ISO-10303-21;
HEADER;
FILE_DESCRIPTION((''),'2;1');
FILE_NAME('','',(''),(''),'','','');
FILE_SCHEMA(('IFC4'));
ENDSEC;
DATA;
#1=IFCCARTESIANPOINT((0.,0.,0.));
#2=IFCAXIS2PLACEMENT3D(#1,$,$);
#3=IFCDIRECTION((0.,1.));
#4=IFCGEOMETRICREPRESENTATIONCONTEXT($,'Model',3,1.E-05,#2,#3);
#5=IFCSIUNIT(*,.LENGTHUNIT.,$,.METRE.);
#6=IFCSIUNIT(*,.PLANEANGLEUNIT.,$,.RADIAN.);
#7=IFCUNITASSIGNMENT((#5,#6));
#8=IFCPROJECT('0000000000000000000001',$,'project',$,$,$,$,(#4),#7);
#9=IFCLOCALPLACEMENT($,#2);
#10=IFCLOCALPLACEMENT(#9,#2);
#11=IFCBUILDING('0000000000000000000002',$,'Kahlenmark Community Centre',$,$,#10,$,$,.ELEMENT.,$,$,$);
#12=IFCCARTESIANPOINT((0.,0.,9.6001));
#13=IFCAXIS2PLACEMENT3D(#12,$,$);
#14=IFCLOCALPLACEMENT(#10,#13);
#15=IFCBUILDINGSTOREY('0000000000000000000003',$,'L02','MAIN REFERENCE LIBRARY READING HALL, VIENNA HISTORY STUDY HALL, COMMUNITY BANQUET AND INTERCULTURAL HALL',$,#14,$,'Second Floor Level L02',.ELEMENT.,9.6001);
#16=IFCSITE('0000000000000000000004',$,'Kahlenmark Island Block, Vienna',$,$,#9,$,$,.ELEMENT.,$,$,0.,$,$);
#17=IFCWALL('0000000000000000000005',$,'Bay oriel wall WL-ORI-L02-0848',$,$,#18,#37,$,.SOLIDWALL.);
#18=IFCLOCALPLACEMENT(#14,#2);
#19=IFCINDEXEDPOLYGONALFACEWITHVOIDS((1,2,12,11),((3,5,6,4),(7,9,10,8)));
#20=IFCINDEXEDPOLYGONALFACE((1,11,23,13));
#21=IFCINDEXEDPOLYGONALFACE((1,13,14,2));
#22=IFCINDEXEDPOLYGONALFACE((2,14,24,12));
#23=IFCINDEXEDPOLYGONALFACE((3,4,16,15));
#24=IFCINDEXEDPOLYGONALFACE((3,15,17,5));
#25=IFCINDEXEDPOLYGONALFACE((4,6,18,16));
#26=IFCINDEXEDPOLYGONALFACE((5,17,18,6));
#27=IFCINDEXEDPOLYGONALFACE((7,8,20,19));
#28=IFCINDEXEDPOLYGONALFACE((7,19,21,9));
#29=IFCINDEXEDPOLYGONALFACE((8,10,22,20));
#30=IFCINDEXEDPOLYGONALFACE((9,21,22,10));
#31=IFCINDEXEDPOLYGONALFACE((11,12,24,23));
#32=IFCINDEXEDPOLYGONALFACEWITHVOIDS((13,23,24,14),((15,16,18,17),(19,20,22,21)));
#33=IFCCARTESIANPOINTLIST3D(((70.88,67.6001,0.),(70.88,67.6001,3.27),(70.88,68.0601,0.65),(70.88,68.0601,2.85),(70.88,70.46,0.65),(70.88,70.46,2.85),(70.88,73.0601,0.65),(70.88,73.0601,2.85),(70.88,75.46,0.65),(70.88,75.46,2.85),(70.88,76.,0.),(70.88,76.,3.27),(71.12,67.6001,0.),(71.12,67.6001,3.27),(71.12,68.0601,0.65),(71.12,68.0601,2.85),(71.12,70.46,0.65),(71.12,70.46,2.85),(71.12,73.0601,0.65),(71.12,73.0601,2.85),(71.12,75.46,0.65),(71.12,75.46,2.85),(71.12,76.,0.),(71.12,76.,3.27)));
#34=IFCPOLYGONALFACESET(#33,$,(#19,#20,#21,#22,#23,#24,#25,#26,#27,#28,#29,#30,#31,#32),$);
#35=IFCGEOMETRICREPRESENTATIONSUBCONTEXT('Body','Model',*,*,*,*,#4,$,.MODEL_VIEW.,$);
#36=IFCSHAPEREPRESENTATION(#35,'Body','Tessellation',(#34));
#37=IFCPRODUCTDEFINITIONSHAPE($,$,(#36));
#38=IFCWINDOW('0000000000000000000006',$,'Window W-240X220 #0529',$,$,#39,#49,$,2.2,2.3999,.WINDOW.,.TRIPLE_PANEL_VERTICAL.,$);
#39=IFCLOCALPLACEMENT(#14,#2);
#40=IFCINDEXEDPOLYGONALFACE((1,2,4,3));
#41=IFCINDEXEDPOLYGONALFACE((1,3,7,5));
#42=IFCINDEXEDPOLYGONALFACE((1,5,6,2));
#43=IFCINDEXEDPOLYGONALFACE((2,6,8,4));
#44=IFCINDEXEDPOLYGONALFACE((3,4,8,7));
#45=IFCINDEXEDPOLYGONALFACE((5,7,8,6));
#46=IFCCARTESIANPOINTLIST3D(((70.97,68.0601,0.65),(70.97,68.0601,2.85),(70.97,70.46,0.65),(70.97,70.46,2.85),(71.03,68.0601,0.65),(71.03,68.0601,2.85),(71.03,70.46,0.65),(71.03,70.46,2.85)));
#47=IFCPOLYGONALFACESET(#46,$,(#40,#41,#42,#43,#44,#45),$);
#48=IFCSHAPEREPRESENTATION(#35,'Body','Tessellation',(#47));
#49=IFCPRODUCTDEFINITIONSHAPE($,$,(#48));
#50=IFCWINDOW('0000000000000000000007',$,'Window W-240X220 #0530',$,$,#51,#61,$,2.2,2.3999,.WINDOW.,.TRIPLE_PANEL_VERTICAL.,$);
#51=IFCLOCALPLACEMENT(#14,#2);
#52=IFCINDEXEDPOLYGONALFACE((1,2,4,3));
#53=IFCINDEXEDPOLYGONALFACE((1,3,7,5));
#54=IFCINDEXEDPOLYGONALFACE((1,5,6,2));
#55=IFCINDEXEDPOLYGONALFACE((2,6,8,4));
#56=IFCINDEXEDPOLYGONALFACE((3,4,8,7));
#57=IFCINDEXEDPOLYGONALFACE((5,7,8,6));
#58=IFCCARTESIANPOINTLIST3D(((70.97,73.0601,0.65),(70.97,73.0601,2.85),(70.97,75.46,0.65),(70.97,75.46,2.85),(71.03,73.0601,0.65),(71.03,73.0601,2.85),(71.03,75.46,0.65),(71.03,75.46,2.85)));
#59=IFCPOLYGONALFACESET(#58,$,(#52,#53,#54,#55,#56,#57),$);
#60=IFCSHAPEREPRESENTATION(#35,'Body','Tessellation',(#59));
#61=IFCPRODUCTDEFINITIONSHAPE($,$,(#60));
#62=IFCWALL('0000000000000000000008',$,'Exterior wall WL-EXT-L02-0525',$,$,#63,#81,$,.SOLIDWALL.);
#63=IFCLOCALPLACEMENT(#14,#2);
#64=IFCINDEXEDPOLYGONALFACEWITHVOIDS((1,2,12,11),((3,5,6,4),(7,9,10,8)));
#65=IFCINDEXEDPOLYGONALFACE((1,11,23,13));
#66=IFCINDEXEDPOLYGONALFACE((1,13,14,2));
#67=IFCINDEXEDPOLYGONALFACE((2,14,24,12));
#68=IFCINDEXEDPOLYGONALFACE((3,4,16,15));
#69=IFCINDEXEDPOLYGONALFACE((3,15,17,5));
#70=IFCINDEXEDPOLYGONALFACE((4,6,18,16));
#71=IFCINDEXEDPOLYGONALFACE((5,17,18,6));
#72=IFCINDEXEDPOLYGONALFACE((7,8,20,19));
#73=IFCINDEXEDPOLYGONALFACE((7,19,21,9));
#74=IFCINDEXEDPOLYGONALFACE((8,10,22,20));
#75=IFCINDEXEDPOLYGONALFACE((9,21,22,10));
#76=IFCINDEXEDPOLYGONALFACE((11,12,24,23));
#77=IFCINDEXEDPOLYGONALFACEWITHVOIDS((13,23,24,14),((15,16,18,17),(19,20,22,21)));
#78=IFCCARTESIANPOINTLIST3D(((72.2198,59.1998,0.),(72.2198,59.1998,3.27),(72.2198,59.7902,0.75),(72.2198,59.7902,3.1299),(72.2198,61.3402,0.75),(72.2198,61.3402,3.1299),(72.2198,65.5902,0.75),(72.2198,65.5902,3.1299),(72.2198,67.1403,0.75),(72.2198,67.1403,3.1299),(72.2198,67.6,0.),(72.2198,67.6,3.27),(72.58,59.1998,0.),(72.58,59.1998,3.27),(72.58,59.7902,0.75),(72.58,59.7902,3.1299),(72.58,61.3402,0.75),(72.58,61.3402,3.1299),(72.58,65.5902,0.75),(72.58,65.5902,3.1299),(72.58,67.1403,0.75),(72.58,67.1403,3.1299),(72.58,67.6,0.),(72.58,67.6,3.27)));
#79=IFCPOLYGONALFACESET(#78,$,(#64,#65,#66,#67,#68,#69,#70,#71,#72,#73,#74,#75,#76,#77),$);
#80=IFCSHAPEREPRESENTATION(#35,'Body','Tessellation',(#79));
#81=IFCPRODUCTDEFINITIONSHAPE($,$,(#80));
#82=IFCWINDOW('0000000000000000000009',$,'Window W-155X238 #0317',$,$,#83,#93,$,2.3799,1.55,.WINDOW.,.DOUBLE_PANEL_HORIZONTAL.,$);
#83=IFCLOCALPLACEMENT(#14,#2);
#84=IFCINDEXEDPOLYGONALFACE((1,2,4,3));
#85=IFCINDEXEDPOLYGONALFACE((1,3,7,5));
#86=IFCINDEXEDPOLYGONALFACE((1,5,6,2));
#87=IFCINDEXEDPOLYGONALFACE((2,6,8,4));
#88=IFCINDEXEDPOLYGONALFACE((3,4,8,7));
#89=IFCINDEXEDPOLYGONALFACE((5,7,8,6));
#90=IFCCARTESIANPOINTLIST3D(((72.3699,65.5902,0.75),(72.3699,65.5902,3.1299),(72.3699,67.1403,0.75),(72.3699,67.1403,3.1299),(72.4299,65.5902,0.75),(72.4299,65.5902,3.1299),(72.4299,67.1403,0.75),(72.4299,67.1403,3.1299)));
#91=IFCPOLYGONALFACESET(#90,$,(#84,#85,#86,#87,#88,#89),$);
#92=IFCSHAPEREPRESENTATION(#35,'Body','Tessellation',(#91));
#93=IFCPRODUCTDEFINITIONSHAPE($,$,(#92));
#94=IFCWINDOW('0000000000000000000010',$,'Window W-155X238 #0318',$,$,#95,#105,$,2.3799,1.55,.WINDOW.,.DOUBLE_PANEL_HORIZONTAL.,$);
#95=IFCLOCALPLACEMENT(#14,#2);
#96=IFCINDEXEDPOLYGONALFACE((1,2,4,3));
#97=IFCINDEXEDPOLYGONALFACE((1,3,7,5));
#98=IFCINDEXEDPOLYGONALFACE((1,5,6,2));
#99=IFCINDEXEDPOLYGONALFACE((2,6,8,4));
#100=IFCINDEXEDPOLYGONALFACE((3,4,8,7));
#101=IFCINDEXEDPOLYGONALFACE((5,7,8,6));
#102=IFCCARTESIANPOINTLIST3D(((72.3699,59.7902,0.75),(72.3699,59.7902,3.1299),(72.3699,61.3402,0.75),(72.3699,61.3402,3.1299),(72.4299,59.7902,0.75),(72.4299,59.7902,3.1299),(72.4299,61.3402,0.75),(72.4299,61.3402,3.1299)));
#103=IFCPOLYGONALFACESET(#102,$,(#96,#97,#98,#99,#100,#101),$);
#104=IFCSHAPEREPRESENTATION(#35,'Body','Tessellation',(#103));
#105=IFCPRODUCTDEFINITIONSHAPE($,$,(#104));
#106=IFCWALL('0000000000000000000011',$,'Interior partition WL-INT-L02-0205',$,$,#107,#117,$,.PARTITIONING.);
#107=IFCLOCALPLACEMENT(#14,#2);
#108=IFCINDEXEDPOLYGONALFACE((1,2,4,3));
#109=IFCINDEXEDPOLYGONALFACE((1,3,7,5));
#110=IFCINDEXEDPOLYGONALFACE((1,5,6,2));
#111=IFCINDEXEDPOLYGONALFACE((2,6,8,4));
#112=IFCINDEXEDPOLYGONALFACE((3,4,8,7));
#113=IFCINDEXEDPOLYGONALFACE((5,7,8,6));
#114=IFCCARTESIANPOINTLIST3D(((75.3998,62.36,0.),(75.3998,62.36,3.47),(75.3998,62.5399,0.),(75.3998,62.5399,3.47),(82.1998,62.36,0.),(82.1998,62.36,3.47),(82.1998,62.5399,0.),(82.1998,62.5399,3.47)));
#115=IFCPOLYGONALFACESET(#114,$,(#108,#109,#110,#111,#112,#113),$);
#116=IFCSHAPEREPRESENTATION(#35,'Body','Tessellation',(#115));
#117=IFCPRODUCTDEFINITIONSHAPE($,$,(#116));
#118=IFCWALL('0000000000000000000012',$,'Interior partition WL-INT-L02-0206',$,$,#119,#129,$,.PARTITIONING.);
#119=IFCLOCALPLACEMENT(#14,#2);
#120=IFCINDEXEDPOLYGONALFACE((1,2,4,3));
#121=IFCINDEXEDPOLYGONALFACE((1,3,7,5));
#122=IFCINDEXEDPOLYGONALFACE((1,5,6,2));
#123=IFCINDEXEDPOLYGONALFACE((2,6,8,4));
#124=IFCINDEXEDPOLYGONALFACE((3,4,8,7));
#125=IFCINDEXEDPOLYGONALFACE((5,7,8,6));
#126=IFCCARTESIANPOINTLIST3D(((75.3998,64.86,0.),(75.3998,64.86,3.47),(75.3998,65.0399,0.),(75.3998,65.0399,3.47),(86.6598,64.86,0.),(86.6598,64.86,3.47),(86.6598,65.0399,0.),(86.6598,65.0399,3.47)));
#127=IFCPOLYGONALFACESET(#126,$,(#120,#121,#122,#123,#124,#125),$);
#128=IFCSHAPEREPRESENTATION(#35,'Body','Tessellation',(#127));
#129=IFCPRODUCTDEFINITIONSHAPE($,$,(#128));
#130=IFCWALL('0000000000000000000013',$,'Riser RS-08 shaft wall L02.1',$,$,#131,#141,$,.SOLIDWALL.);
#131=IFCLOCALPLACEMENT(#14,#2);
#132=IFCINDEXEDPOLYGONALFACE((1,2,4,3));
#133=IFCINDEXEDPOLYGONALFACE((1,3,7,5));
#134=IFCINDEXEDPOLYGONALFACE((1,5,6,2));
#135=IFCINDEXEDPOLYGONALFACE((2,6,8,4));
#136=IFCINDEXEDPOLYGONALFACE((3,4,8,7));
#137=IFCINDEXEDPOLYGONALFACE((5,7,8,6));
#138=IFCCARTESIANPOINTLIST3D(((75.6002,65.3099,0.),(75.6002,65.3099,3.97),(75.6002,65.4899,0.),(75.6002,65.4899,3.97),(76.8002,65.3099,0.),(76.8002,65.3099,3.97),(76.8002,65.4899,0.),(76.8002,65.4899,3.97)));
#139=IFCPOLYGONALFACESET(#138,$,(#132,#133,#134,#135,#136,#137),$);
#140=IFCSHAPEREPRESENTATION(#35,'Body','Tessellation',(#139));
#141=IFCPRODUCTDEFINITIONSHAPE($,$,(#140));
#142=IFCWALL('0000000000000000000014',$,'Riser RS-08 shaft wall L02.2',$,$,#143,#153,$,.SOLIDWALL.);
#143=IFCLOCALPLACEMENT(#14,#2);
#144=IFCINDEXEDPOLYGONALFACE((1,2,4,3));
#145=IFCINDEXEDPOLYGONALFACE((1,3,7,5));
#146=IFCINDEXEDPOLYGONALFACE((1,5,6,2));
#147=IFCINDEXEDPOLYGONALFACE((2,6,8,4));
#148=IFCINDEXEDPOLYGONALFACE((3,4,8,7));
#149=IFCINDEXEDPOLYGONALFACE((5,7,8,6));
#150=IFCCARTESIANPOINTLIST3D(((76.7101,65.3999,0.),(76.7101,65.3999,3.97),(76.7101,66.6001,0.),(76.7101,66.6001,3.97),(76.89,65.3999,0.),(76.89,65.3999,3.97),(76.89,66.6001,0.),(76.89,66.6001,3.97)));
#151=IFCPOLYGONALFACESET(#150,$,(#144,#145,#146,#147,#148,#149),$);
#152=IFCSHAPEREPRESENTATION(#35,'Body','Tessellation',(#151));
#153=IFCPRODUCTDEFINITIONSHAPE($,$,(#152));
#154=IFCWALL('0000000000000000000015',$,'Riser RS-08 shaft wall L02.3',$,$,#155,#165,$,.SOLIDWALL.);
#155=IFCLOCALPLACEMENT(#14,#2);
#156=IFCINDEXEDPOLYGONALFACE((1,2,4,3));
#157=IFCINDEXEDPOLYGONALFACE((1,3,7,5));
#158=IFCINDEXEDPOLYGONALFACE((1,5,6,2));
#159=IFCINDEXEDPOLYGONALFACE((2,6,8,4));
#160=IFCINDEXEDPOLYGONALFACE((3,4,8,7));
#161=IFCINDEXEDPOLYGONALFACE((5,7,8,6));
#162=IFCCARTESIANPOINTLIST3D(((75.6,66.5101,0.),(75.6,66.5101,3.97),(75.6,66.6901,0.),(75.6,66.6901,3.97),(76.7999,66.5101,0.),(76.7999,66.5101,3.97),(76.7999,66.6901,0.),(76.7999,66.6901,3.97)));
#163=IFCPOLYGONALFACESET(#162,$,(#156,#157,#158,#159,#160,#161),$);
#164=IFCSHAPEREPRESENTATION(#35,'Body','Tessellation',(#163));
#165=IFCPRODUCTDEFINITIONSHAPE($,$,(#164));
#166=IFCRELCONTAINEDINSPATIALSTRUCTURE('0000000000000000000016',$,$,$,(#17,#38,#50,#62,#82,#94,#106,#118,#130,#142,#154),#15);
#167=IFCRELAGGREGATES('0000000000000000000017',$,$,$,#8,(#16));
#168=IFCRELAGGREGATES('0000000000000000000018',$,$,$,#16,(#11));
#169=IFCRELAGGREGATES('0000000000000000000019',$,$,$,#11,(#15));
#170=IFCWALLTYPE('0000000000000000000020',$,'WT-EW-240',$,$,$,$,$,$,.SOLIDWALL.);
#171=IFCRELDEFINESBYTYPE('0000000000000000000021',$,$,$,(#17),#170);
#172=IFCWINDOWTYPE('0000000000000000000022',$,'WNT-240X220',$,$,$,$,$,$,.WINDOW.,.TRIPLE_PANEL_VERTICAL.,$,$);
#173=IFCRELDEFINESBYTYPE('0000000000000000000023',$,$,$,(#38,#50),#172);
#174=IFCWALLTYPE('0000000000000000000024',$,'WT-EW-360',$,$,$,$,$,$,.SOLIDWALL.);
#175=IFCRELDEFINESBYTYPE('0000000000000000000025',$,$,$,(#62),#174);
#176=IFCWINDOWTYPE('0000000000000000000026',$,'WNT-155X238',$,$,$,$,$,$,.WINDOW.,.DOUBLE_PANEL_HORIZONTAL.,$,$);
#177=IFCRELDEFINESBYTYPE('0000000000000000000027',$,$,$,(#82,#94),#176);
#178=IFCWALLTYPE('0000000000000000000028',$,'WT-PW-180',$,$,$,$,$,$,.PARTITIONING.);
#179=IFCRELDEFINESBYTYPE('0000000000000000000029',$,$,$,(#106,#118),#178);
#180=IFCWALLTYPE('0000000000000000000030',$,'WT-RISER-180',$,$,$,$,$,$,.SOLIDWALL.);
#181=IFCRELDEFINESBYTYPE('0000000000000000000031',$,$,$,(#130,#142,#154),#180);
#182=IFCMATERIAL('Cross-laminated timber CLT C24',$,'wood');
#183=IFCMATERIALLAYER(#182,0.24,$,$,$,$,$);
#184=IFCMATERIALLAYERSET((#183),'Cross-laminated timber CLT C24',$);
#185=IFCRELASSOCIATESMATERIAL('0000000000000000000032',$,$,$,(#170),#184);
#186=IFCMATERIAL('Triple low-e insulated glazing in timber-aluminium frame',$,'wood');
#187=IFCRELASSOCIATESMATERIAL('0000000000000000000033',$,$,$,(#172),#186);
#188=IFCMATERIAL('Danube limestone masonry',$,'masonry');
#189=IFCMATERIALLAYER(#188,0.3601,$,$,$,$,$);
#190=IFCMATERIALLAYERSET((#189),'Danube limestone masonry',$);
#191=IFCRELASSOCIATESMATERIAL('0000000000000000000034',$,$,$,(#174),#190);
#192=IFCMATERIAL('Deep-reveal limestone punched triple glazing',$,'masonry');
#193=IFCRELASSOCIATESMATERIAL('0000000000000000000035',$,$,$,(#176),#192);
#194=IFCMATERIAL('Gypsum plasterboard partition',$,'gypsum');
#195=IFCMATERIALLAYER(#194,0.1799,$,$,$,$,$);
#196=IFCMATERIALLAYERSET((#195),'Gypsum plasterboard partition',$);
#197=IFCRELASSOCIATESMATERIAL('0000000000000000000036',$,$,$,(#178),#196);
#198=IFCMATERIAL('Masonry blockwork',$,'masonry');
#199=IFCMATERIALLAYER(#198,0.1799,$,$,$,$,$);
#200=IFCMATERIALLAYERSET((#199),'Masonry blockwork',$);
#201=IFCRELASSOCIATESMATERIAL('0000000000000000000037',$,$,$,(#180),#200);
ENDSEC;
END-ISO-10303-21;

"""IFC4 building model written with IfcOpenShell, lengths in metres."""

from ifc_helpers import new_model, si_unit, direction, frame, frame_2d, origin, place, context, subcontext, project, spatial, rectangle, extrude, material, layer, layer_set, type_object, element, fill, save


model = new_model("IFC4")

# Units and contexts
model_context = context("Model", 3, precision=1e-05, world=origin(), true_north=direction((0.0, 1.0)))
body_context = subcontext(model_context, "Body", "Model", "MODEL_VIEW")
ifc_project = project(units=[si_unit("LENGTHUNIT", "METRE"), si_unit("PLANEANGLEUNIT", "RADIAN")], contexts=[model_context])

# Site, building, storey
site_placement = place(None, origin())
site = spatial("IfcSite", under=ifc_project, at=site_placement, Name="Kahlenmark Island Block, Vienna", CompositionType="ELEMENT", RefElevation=0.0)
building_placement = place(site_placement, origin())
building = spatial("IfcBuilding", under=site, at=building_placement, Name="Kahlenmark Community Centre", CompositionType="ELEMENT")
storey_placement = place(building_placement, frame((0.0, 0.0, 9.6001)))
storey = spatial("IfcBuildingStorey", under=building, at=storey_placement, Name="L02", Description="MAIN REFERENCE LIBRARY READING HALL, VIENNA HISTORY STUDY HALL, COMMUNITY BANQUET AND INTERCULTURAL HALL", LongName="Second Floor Level L02", CompositionType="ELEMENT", Elevation=9.6001)

# Shared definitions
ifc_material_1 = material(Name="Cross-laminated timber CLT C24", Category="wood")
ifc_layer_1 = layer(ifc_material_1, 0.24)
ifc_layer_set_1 = layer_set([ifc_layer_1], Name="Cross-laminated timber CLT C24")
wall_type_1 = type_object("IfcWallType", Name="WT-EW-240", PredefinedType="SOLIDWALL", material=ifc_layer_set_1)

# Walls, openings, windows
wall_1_placement = place(storey_placement, frame((71.0, 67.6001, 0.0), z_axis=(0.0, 0.0, 1.0), x_axis=(0.0, 1.0, 0.0)))
wall_1 = element("IfcWall", 1, at=wall_1_placement, inside=storey, type_object=wall_type_1, Name="Bay oriel wall WL-ORI-L02-0848", PredefinedType="SOLIDWALL", context=body_context, shape_type="SweptSolid", body=[
    extrude(rectangle(XDim=8.3999, YDim=0.24, at=frame_2d((4.2, 0.0))), origin(), (0.0, 0.0, 1.0), 3.27),
])
opening_1_placement = place(wall_1_placement, frame((0.46, 0.0, 0.6499)))
opening_1 = element("IfcOpeningElement", 2, at=opening_1_placement, cuts=wall_1, PredefinedType="OPENING", context=body_context, shape_type="SweptSolid", body=[
    extrude(rectangle(XDim=2.3999, YDim=2.2, at=frame_2d((1.2, 1.1001))), frame((0.0, 0.1299, 0.0), z_axis=(0.0, -1.0, 0.0), x_axis=(1.0, 0.0, 0.0)), (0.0, 0.0, 1.0), 0.26),
])
opening_2_placement = place(wall_1_placement, frame((5.46, 0.0, 0.6499)))
opening_2 = element("IfcOpeningElement", 3, at=opening_2_placement, cuts=wall_1, PredefinedType="OPENING", context=body_context, shape_type="SweptSolid", body=[
    extrude(rectangle(XDim=2.3999, YDim=2.2, at=frame_2d((1.2, 1.1001))), frame((0.0, 0.1299, 0.0), z_axis=(0.0, -1.0, 0.0), x_axis=(1.0, 0.0, 0.0)), (0.0, 0.0, 1.0), 0.26),
])
ifc_material_2 = material(Name="Triple low-e insulated glazing in timber-aluminium frame", Category="wood")
window_type_1 = type_object("IfcWindowType", Name="WNT-240X220", PartitioningType="TRIPLE_PANEL_VERTICAL", PredefinedType="WINDOW", material=ifc_material_2)
window_1_placement = place(opening_1_placement, origin())
window_1 = element("IfcWindow", 4, at=window_1_placement, inside=storey, type_object=window_type_1, Name="Window W-240X220 #0529", OverallHeight=2.2, OverallWidth=2.3999, PartitioningType="TRIPLE_PANEL_VERTICAL", PredefinedType="WINDOW", context=body_context, shape_type="SweptSolid", body=[
    extrude(rectangle(XDim=2.3999, YDim=2.2, at=frame_2d((1.2, 1.1001))), frame((0.0, 0.03, 0.0), z_axis=(0.0, -1.0, 0.0), x_axis=(1.0, 0.0, 0.0)), (0.0, 0.0, 1.0), 0.0601),
])
fill(opening_1, window_1)
window_2_placement = place(opening_2_placement, origin())
window_2 = element("IfcWindow", 5, at=window_2_placement, inside=storey, type_object=window_type_1, Name="Window W-240X220 #0530", OverallHeight=2.2, OverallWidth=2.3999, PartitioningType="TRIPLE_PANEL_VERTICAL", PredefinedType="WINDOW", context=body_context, shape_type="SweptSolid", body=[
    extrude(rectangle(XDim=2.3999, YDim=2.2, at=frame_2d((1.2, 1.1001))), frame((0.0, 0.03, 0.0), z_axis=(0.0, -1.0, 0.0), x_axis=(1.0, 0.0, 0.0)), (0.0, 0.0, 1.0), 0.0601),
])
fill(opening_2, window_2)
ifc_material_3 = material(Name="Danube limestone masonry", Category="masonry")
ifc_layer_2 = layer(ifc_material_3, 0.3601)
ifc_layer_set_2 = layer_set([ifc_layer_2], Name="Danube limestone masonry")
wall_type_2 = type_object("IfcWallType", Name="WT-EW-360", PredefinedType="SOLIDWALL", material=ifc_layer_set_2)
wall_2_placement = place(storey_placement, frame((72.3999, 67.6001, 0.0), z_axis=(0.0, 0.0, 1.0), x_axis=(0.0, -1.0, 0.0)))
wall_2 = element("IfcWall", 6, at=wall_2_placement, inside=storey, type_object=wall_type_2, Name="Exterior wall WL-EXT-L02-0525", PredefinedType="SOLIDWALL", context=body_context, shape_type="SweptSolid", body=[
    extrude(rectangle(XDim=8.4001, YDim=0.3601, at=frame_2d((4.2002, 0.0))), origin(), (0.0, 0.0, 1.0), 3.27),
])
opening_3_placement = place(wall_2_placement, frame((0.46, 0.0, 0.75)))
opening_3 = element("IfcOpeningElement", 7, at=opening_3_placement, cuts=wall_2, PredefinedType="OPENING", context=body_context, shape_type="SweptSolid", body=[
    extrude(rectangle(XDim=1.55, YDim=2.3799, at=frame_2d((0.7749, 1.1899))), frame((0.0, 0.1899, 0.0), z_axis=(0.0, -1.0, 0.0), x_axis=(1.0, 0.0, 0.0)), (0.0, 0.0, 1.0), 0.3801),
])
opening_4_placement = place(wall_2_placement, frame((6.26, 0.0, 0.75)))
opening_4 = element("IfcOpeningElement", 8, at=opening_4_placement, cuts=wall_2, PredefinedType="OPENING", context=body_context, shape_type="SweptSolid", body=[
    extrude(rectangle(XDim=1.55, YDim=2.3799, at=frame_2d((0.7749, 1.1899))), frame((0.0, 0.1899, 0.0), z_axis=(0.0, -1.0, 0.0), x_axis=(1.0, 0.0, 0.0)), (0.0, 0.0, 1.0), 0.3801),
])
ifc_material_4 = material(Name="Deep-reveal limestone punched triple glazing", Category="masonry")
window_type_2 = type_object("IfcWindowType", Name="WNT-155X238", PartitioningType="DOUBLE_PANEL_HORIZONTAL", PredefinedType="WINDOW", material=ifc_material_4)
window_3_placement = place(opening_3_placement, origin())
window_3 = element("IfcWindow", 9, at=window_3_placement, inside=storey, type_object=window_type_2, Name="Window W-155X238 #0317", OverallHeight=2.3799, OverallWidth=1.55, PartitioningType="DOUBLE_PANEL_HORIZONTAL", PredefinedType="WINDOW", context=body_context, shape_type="SweptSolid", body=[
    extrude(rectangle(XDim=1.55, YDim=2.3799, at=frame_2d((0.7749, 1.1899))), frame((0.0, 0.03, 0.0), z_axis=(0.0, -1.0, 0.0), x_axis=(1.0, 0.0, 0.0)), (0.0, 0.0, 1.0), 0.0601),
])
fill(opening_3, window_3)
window_4_placement = place(opening_4_placement, origin())
window_4 = element("IfcWindow", 10, at=window_4_placement, inside=storey, type_object=window_type_2, Name="Window W-155X238 #0318", OverallHeight=2.3799, OverallWidth=1.55, PartitioningType="DOUBLE_PANEL_HORIZONTAL", PredefinedType="WINDOW", context=body_context, shape_type="SweptSolid", body=[
    extrude(rectangle(XDim=1.55, YDim=2.3799, at=frame_2d((0.7749, 1.1899))), frame((0.0, 0.03, 0.0), z_axis=(0.0, -1.0, 0.0), x_axis=(1.0, 0.0, 0.0)), (0.0, 0.0, 1.0), 0.0601),
])
fill(opening_4, window_4)

# Shared definitions
ifc_material_5 = material(Name="Gypsum plasterboard partition", Category="gypsum")

# Walls
ifc_layer_3 = layer(ifc_material_5, 0.1799)
ifc_layer_set_3 = layer_set([ifc_layer_3], Name="Gypsum plasterboard partition")
wall_type_3 = type_object("IfcWallType", Name="WT-PW-180", PredefinedType="PARTITIONING", material=ifc_layer_set_3)
wall_3_placement = place(storey_placement, frame((75.3999, 62.45, 0.0), z_axis=(0.0, 0.0, 1.0), x_axis=(1.0, 0.0, 0.0)))
element("IfcWall", 11, at=wall_3_placement, inside=storey, type_object=wall_type_3, Name="Interior partition WL-INT-L02-0205", PredefinedType="PARTITIONING", context=body_context, shape_type="SweptSolid", body=[
    extrude(rectangle(XDim=6.8, YDim=0.1799, at=frame_2d((3.3999, 0.0))), origin(), (0.0, 0.0, 1.0), 3.47),
])
wall_4_placement = place(storey_placement, frame((75.3999, 64.95, 0.0), z_axis=(0.0, 0.0, 1.0), x_axis=(1.0, 0.0, 0.0)))
element("IfcWall", 12, at=wall_4_placement, inside=storey, type_object=wall_type_3, Name="Interior partition WL-INT-L02-0206", PredefinedType="PARTITIONING", context=body_context, shape_type="SweptSolid", body=[
    extrude(rectangle(XDim=11.26, YDim=0.1799, at=frame_2d((5.6299, 0.0))), origin(), (0.0, 0.0, 1.0), 3.47),
])

# Walls
ifc_material_6 = material(Name="Masonry blockwork", Category="masonry")
ifc_layer_4 = layer(ifc_material_6, 0.1799)
ifc_layer_set_4 = layer_set([ifc_layer_4], Name="Masonry blockwork")
wall_type_4 = type_object("IfcWallType", Name="WT-RISER-180", PredefinedType="SOLIDWALL", material=ifc_layer_set_4)
wall_5_placement = place(storey_placement, frame((75.6001, 65.3999, 0.0), z_axis=(0.0, 0.0, 1.0), x_axis=(1.0, 0.0, 0.0)))
element("IfcWall", 13, at=wall_5_placement, inside=storey, type_object=wall_type_4, Name="Riser RS-08 shaft wall L02.1", PredefinedType="SOLIDWALL", context=body_context, shape_type="SweptSolid", body=[
    extrude(rectangle(XDim=1.2, YDim=0.1799, at=frame_2d((0.6001, 0.0))), origin(), (0.0, 0.0, 1.0), 3.97),
])
wall_6_placement = place(storey_placement, frame((76.8, 65.3999, 0.0), z_axis=(0.0, 0.0, 1.0), x_axis=(0.0, 1.0, 0.0)))
element("IfcWall", 14, at=wall_6_placement, inside=storey, type_object=wall_type_4, Name="Riser RS-08 shaft wall L02.2", PredefinedType="SOLIDWALL", context=body_context, shape_type="SweptSolid", body=[
    extrude(rectangle(XDim=1.2002, YDim=0.1799, at=frame_2d((0.6001, 0.0))), origin(), (0.0, 0.0, 1.0), 3.97),
])
wall_7_placement = place(storey_placement, frame((76.8, 66.6001, 0.0), z_axis=(0.0, 0.0, 1.0), x_axis=(-1.0, 0.0, 0.0)))
element("IfcWall", 15, at=wall_7_placement, inside=storey, type_object=wall_type_4, Name="Riser RS-08 shaft wall L02.3", PredefinedType="SOLIDWALL", context=body_context, shape_type="SweptSolid", body=[
    extrude(rectangle(XDim=1.2, YDim=0.1799, at=frame_2d((0.6001, 0.0))), origin(), (0.0, 0.0, 1.0), 3.97),
])

save(model, "model.ifc")
